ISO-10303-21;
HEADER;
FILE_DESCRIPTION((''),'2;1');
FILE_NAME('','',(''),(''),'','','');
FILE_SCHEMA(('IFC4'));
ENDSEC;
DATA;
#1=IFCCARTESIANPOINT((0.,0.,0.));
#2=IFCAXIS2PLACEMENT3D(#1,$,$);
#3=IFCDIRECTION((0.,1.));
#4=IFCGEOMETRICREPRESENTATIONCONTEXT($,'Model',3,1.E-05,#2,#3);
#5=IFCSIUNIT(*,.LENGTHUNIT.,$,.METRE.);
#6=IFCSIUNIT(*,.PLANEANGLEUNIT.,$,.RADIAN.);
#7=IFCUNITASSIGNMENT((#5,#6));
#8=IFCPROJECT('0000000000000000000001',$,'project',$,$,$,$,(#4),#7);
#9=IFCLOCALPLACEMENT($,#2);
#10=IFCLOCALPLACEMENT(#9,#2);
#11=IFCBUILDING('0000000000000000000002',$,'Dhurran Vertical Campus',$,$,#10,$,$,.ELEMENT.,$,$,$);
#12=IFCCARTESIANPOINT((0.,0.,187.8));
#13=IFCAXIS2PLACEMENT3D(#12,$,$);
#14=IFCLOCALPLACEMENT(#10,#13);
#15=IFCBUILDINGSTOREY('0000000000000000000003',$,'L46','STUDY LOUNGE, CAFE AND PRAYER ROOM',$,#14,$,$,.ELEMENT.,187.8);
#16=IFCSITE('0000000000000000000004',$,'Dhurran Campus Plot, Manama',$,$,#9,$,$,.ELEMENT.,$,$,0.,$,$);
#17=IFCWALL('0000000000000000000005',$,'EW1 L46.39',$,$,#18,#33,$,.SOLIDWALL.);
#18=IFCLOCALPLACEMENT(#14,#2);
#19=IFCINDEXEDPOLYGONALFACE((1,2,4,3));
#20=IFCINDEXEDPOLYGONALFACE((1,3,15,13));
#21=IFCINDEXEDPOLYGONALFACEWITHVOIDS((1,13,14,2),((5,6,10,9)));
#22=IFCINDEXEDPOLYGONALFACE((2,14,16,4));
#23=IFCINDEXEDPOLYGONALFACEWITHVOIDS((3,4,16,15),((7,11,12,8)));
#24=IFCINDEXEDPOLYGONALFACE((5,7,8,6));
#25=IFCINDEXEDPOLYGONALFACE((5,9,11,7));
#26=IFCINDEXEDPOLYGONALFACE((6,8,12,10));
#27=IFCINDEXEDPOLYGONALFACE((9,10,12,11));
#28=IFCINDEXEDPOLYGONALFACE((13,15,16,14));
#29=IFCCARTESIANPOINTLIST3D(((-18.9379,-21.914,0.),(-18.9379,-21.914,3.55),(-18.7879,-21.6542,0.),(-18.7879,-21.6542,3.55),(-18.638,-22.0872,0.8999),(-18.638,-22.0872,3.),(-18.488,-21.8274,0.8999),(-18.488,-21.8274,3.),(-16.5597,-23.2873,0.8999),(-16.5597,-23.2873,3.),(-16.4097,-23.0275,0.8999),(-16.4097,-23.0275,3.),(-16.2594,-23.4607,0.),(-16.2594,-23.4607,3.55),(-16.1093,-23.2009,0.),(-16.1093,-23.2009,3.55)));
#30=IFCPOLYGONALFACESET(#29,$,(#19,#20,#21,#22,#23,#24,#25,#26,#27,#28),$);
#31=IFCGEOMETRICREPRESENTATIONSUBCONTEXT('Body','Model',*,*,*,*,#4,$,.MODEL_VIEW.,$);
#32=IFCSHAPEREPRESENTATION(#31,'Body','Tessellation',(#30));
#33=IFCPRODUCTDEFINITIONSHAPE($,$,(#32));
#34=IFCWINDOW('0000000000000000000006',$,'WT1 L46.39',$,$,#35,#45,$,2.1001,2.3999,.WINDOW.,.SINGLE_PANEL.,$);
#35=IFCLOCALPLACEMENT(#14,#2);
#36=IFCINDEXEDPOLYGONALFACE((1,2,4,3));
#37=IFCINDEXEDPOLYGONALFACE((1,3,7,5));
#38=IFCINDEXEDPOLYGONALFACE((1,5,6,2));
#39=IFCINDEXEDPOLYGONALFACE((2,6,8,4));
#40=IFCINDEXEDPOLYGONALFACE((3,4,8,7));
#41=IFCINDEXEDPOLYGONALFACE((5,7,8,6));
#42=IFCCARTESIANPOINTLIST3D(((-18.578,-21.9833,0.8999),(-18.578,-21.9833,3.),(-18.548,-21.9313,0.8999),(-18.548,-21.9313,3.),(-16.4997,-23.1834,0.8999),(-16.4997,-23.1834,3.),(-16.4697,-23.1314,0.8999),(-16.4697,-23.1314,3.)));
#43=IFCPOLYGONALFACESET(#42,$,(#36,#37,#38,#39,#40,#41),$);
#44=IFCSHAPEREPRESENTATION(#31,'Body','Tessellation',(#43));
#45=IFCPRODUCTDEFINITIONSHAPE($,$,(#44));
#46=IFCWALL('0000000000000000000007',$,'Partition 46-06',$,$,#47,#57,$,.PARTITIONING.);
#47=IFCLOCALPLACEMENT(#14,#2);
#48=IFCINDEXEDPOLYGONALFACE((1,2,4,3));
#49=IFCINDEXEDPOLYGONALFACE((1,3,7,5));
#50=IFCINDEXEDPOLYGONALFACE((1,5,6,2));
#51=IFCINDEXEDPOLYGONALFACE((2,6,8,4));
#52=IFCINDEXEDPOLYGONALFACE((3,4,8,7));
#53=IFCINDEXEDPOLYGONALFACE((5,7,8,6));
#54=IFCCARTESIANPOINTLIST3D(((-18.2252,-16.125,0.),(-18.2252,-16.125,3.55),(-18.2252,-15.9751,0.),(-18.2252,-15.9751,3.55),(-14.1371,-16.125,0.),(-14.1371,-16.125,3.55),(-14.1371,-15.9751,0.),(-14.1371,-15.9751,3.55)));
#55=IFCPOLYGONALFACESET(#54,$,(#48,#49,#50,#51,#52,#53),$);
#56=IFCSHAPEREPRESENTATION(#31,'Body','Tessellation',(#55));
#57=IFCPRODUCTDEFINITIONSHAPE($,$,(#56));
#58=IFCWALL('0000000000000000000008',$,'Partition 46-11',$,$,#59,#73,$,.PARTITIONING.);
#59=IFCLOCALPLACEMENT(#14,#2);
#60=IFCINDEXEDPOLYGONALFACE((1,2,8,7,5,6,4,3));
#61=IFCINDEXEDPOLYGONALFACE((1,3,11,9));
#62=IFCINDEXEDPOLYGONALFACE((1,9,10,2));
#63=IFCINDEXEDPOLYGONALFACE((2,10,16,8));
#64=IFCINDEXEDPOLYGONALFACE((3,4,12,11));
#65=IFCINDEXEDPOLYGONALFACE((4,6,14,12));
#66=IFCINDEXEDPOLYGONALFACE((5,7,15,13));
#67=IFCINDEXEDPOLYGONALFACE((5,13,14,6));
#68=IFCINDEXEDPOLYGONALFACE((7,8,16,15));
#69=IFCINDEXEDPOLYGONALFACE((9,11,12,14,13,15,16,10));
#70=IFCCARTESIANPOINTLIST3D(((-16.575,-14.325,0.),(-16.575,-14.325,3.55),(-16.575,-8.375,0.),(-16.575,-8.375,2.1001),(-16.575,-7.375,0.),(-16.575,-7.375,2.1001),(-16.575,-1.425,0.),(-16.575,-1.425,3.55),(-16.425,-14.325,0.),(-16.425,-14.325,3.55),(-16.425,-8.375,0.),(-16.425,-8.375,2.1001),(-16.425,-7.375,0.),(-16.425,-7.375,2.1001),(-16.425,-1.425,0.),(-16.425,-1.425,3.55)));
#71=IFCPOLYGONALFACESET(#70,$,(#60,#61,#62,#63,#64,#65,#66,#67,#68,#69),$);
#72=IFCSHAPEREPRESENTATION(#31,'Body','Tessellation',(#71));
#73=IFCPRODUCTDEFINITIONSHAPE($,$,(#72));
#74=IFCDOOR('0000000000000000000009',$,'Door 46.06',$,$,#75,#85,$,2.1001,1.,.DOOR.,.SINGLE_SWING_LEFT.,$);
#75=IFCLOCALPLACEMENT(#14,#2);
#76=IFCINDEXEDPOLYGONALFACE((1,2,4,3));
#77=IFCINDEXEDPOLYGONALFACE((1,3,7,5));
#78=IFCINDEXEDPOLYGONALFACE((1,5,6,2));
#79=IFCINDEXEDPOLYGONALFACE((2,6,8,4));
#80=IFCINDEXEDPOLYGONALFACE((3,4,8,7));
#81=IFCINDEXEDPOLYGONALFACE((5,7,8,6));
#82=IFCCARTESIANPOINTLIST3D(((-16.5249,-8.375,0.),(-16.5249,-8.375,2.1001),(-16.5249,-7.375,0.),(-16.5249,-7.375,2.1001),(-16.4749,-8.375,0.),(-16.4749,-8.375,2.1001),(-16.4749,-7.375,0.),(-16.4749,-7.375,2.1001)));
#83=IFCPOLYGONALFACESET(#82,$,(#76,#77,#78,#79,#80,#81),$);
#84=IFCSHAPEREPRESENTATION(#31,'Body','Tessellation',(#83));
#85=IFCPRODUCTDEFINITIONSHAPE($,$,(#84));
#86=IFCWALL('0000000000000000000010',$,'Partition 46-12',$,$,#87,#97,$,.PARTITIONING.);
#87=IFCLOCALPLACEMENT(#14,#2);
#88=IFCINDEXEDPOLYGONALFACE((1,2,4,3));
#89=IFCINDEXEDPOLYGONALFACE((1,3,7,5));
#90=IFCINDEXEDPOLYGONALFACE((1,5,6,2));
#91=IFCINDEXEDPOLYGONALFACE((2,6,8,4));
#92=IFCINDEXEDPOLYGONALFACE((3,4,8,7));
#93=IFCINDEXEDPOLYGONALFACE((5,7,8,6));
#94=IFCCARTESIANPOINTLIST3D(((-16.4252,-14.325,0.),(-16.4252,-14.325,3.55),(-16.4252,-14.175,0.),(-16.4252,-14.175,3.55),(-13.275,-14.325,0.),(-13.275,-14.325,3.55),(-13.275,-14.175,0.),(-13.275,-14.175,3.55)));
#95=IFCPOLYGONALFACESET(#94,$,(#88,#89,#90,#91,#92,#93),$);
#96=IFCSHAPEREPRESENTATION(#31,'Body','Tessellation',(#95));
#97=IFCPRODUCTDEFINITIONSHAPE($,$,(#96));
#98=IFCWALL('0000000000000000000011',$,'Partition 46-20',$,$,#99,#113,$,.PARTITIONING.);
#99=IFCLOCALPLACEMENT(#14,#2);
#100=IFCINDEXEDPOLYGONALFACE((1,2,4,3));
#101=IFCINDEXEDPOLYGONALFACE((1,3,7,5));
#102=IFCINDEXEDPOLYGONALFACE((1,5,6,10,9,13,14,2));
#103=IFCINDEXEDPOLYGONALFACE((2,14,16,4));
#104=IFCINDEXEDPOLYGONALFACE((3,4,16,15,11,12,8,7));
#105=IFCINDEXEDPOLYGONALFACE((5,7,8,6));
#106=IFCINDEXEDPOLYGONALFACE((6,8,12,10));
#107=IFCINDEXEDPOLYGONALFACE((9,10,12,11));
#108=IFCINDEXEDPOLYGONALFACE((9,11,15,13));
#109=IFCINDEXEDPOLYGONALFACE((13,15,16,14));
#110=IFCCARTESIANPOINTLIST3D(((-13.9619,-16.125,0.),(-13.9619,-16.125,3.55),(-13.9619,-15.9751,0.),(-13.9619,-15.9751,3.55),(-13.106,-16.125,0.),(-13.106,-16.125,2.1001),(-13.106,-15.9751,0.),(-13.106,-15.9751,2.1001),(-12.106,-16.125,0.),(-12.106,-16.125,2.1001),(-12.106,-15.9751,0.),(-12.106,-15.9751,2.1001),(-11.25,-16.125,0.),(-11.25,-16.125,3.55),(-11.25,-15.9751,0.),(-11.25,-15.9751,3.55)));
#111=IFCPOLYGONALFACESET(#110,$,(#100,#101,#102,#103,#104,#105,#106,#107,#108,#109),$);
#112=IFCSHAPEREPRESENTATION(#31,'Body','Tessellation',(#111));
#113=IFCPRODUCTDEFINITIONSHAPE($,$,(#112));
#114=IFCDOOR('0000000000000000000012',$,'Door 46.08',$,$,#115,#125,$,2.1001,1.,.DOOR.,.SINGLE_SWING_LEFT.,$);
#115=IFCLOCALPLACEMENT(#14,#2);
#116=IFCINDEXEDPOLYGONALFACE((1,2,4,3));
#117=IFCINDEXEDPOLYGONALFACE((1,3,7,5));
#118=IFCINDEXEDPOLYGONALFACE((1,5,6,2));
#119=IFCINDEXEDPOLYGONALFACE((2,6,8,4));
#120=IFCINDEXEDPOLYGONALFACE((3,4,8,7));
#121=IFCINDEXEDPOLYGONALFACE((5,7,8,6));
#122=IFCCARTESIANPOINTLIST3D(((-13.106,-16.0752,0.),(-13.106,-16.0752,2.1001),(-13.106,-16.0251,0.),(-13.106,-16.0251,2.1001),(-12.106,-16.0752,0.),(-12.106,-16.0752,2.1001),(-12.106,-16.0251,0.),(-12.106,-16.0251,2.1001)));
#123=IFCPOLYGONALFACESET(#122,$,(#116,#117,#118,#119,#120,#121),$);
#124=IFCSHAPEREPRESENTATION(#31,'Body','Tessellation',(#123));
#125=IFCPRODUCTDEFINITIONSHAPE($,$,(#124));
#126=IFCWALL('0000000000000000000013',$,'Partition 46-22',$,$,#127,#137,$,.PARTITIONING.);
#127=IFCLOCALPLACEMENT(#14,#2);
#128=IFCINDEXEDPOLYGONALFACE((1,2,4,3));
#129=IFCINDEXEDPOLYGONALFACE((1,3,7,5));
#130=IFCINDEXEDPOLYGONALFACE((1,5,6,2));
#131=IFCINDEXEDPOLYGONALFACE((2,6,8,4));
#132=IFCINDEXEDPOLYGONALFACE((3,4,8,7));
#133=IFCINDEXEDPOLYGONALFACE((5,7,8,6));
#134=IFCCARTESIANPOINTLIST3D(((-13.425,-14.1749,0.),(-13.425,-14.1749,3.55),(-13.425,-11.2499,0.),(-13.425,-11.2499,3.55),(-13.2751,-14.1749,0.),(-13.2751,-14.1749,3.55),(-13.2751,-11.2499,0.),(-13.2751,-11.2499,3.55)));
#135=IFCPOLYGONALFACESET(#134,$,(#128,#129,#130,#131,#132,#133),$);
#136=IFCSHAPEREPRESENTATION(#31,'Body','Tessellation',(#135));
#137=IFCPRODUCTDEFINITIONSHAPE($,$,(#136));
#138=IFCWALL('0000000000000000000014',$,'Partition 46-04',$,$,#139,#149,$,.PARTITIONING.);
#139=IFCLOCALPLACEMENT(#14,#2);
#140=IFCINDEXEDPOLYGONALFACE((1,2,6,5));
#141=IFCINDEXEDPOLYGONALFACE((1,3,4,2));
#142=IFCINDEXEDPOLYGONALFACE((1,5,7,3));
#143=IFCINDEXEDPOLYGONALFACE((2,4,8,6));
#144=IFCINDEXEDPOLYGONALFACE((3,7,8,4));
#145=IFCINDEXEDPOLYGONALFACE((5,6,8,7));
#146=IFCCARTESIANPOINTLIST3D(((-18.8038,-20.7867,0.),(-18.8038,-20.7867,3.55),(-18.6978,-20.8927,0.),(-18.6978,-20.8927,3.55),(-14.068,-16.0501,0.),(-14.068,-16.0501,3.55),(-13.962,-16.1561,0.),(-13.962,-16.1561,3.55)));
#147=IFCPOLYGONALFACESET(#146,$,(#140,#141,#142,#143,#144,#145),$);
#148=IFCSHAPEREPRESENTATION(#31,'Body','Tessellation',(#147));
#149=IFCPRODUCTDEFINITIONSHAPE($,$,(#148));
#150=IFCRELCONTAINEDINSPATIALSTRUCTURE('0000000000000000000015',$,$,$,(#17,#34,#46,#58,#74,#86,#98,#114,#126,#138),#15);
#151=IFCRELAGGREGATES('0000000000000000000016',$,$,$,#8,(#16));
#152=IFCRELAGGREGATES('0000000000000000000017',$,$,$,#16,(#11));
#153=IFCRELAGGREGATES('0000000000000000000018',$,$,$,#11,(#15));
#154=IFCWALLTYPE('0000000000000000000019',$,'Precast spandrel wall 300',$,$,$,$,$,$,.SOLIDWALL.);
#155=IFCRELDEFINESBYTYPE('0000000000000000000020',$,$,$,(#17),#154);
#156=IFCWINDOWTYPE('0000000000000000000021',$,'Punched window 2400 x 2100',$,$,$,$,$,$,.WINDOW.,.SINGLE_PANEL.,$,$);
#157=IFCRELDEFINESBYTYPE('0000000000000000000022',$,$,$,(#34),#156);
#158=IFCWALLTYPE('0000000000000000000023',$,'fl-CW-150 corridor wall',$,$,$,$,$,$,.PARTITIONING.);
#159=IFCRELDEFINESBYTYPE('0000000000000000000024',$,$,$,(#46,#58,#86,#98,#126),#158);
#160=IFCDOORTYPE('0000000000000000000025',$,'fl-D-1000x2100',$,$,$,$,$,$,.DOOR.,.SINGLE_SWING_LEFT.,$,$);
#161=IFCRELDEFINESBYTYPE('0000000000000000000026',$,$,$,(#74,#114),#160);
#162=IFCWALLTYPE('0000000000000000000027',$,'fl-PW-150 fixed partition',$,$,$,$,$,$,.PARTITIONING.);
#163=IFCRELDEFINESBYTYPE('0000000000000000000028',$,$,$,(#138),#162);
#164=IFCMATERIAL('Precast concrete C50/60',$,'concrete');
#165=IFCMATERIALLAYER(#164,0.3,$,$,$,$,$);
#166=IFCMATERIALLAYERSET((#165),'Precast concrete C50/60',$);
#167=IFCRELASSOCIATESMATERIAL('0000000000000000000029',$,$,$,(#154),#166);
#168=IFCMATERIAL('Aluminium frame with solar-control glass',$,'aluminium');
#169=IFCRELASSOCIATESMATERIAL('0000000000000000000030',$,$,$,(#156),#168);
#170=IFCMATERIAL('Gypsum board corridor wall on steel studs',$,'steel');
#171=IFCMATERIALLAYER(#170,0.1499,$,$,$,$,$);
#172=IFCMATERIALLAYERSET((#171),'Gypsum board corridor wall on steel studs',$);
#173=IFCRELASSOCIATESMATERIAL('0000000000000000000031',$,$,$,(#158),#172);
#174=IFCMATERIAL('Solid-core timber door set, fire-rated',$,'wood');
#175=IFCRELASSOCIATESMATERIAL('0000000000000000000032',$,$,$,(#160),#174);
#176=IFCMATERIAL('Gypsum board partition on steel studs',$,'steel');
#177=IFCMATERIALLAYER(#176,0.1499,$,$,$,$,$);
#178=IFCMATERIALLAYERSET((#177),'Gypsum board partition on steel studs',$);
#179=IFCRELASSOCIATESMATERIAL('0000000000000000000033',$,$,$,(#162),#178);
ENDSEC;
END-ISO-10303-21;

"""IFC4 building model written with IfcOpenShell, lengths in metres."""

from ifc_helpers import new_model, si_unit, direction, frame, frame_2d, origin, place, context, subcontext, project, spatial, rectangle, extrude, material, layer, layer_set, type_object, element, fill, save


model = new_model("IFC4")

# Units and contexts
model_context = context("Model", 3, precision=1e-05, world=origin(), true_north=direction((0.0, 1.0)))
body_context = subcontext(model_context, "Body", "Model", "MODEL_VIEW")
ifc_project = project(units=[si_unit("LENGTHUNIT", "METRE"), si_unit("PLANEANGLEUNIT", "RADIAN")], contexts=[model_context])

# Site, building, storey
site_placement = place(None, origin())
site = spatial("IfcSite", under=ifc_project, at=site_placement, Name="Dhurran Campus Plot, Manama", CompositionType="ELEMENT", RefElevation=0.0)
building_placement = place(site_placement, origin())
building = spatial("IfcBuilding", under=site, at=building_placement, Name="Dhurran Vertical Campus", CompositionType="ELEMENT")
storey_placement = place(building_placement, frame((0.0, 0.0, 187.8)))
storey = spatial("IfcBuildingStorey", under=building, at=storey_placement, Name="L46", Description="STUDY LOUNGE, CAFE AND PRAYER ROOM", CompositionType="ELEMENT", Elevation=187.8)

# Wall, opening, window
ifc_material_1 = material(Name="Precast concrete C50/60", Category="concrete")
ifc_layer_1 = layer(ifc_material_1, 0.3)
ifc_layer_set_1 = layer_set([ifc_layer_1], Name="Precast concrete C50/60")
wall_type_1 = type_object("IfcWallType", Name="Precast spandrel wall 300", PredefinedType="SOLIDWALL", material=ifc_layer_set_1)
ifc_material_2 = material(Name="Aluminium frame with solar-control glass", Category="aluminium")
window_type = type_object("IfcWindowType", Name="Punched window 2400 x 2100", PartitioningType="SINGLE_PANEL", PredefinedType="WINDOW", material=ifc_material_2)
wall_1_placement = place(storey_placement, frame((-18.8628, -21.7842, 0.0), z_axis=(0.0, 0.0, 1.0), x_axis=(0.865995, -0.500053, 0.0)))
wall_1 = element("IfcWall", 1, at=wall_1_placement, inside=storey, type_object=wall_type_1, Name="EW1 L46.39", PredefinedType="SOLIDWALL", context=body_context, shape_type="SweptSolid", body=[
    extrude(rectangle(XDim=3.093, YDim=0.3, at=frame_2d((1.5464, 0.0))), origin(), (0.0, 0.0, 1.0), 3.55),
])
opening_1_placement = place(wall_1_placement, frame((0.3462, 0.0, 0.8999)))
opening_1 = element("IfcOpeningElement", 2, at=opening_1_placement, cuts=wall_1, PredefinedType="OPENING", context=body_context, shape_type="SweptSolid", body=[
    extrude(rectangle(XDim=2.3999, YDim=2.1001, at=frame_2d((1.2, 1.05))), frame((0.0, 0.1599, 0.0), z_axis=(0.0, -1.0, 0.0), x_axis=(1.0, 0.0, 0.0)), (0.0, 0.0, 1.0), 0.3201),
])
window_1_placement = place(opening_1_placement, origin())
window_1 = element("IfcWindow", 3, at=window_1_placement, inside=storey, type_object=window_type, Name="WT1 L46.39", OverallHeight=2.1001, OverallWidth=2.3999, PartitioningType="SINGLE_PANEL", PredefinedType="WINDOW", context=body_context, shape_type="SweptSolid", body=[
    extrude(rectangle(XDim=2.3999, YDim=2.1001, at=frame_2d((1.2, 1.05))), frame((0.0, 0.03, 0.0), z_axis=(0.0, -1.0, 0.0), x_axis=(1.0, 0.0, 0.0)), (0.0, 0.0, 1.0), 0.0601),
])
fill(opening_1, window_1)

# Wall
ifc_material_3 = material(Name="Gypsum board corridor wall on steel studs", Category="steel")
ifc_layer_2 = layer(ifc_material_3, 0.1499)
ifc_layer_set_2 = layer_set([ifc_layer_2], Name="Gypsum board corridor wall on steel studs")
wall_type_2 = type_object("IfcWallType", Name="fl-CW-150 corridor wall", PredefinedType="PARTITIONING", material=ifc_layer_set_2)
wall_2_placement = place(storey_placement, frame((-18.2251, -16.05, 0.0), z_axis=(0.0, 0.0, 1.0), x_axis=(1.0, 0.0, 0.0)))
element("IfcWall", 4, at=wall_2_placement, inside=storey, type_object=wall_type_2, Name="Partition 46-06", PredefinedType="PARTITIONING", context=body_context, shape_type="SweptSolid", body=[
    extrude(rectangle(XDim=4.0881, YDim=0.1499, at=frame_2d((2.0439, 0.0))), origin(), (0.0, 0.0, 1.0), 3.55),
])

# Wall, opening, door
wall_3_placement = place(storey_placement, frame((-16.5, -14.325, 0.0), z_axis=(0.0, 0.0, 1.0), x_axis=(0.0, 1.0, 0.0)))
wall_3 = element("IfcWall", 5, at=wall_3_placement, inside=storey, type_object=wall_type_2, Name="Partition 46-11", PredefinedType="PARTITIONING", context=body_context, shape_type="SweptSolid", body=[
    extrude(rectangle(XDim=12.8999, YDim=0.1499, at=frame_2d((6.45, 0.0))), origin(), (0.0, 0.0, 1.0), 3.55),
])
opening_2_placement = place(wall_3_placement, frame((5.95, 0.0, 0.0)))
opening_2 = element("IfcOpeningElement", 6, at=opening_2_placement, cuts=wall_3, PredefinedType="OPENING", context=body_context, shape_type="SweptSolid", body=[
    extrude(rectangle(XDim=1.0, YDim=2.1001, at=frame_2d((0.5, 1.05))), frame((0.0, 0.085, 0.0), z_axis=(0.0, -1.0, 0.0), x_axis=(1.0, 0.0, 0.0)), (0.0, 0.0, 1.0), 0.1699),
])
ifc_material_4 = material(Name="Solid-core timber door set, fire-rated", Category="wood")
door_type = type_object("IfcDoorType", Name="fl-D-1000x2100", OperationType="SINGLE_SWING_LEFT", PredefinedType="DOOR", material=ifc_material_4)
door_1_placement = place(opening_2_placement, origin())
door_1 = element("IfcDoor", 7, at=door_1_placement, inside=storey, type_object=door_type, Name="Door 46.06", OperationType="SINGLE_SWING_LEFT", OverallHeight=2.1001, OverallWidth=1.0, PredefinedType="DOOR", context=body_context, shape_type="SweptSolid", body=[
    extrude(rectangle(XDim=1.0, YDim=2.1001, at=frame_2d((0.5, 1.05))), frame((0.0, 0.0249, 0.0), z_axis=(0.0, -1.0, 0.0), x_axis=(1.0, 0.0, 0.0)), (0.0, 0.0, 1.0), 0.05),
])
fill(opening_2, door_1)

# Wall
wall_4_placement = place(storey_placement, frame((-13.2749, -14.25, 0.0), z_axis=(0.0, 0.0, 1.0), x_axis=(-1.0, 0.0, 0.0)))
element("IfcWall", 8, at=wall_4_placement, inside=storey, type_object=wall_type_2, Name="Partition 46-12", PredefinedType="PARTITIONING", context=body_context, shape_type="SweptSolid", body=[
    extrude(rectangle(XDim=3.1501, YDim=0.1499, at=frame_2d((1.5752, 0.0))), origin(), (0.0, 0.0, 1.0), 3.55),
])

# Wall, opening, door
wall_5_placement = place(storey_placement, frame((-13.9619, -16.05, 0.0), z_axis=(0.0, 0.0, 1.0), x_axis=(1.0, 0.0, 0.0)))
wall_5 = element("IfcWall", 9, at=wall_5_placement, inside=storey, type_object=wall_type_2, Name="Partition 46-20", PredefinedType="PARTITIONING", context=body_context, shape_type="SweptSolid", body=[
    extrude(rectangle(XDim=2.7119, YDim=0.1499, at=frame_2d((1.356, 0.0))), origin(), (0.0, 0.0, 1.0), 3.55),
])
opening_3_placement = place(wall_5_placement, frame((0.856, 0.0, 0.0)))
opening_3 = element("IfcOpeningElement", 10, at=opening_3_placement, cuts=wall_5, PredefinedType="OPENING", context=body_context, shape_type="SweptSolid", body=[
    extrude(rectangle(XDim=1.0, YDim=2.1001, at=frame_2d((0.5, 1.05))), frame((0.0, 0.085, 0.0), z_axis=(0.0, -1.0, 0.0), x_axis=(1.0, 0.0, 0.0)), (0.0, 0.0, 1.0), 0.1699),
])
door_2_placement = place(opening_3_placement, origin())
door_2 = element("IfcDoor", 11, at=door_2_placement, inside=storey, type_object=door_type, Name="Door 46.08", OperationType="SINGLE_SWING_LEFT", OverallHeight=2.1001, OverallWidth=1.0, PredefinedType="DOOR", context=body_context, shape_type="SweptSolid", body=[
    extrude(rectangle(XDim=1.0, YDim=2.1001, at=frame_2d((0.5, 1.05))), frame((0.0, 0.0249, 0.0), z_axis=(0.0, -1.0, 0.0), x_axis=(1.0, 0.0, 0.0)), (0.0, 0.0, 1.0), 0.05),
])
fill(opening_3, door_2)

# Walls
wall_6_placement = place(storey_placement, frame((-13.3501, -11.25, 0.0), z_axis=(0.0, 0.0, 1.0), x_axis=(0.0, -1.0, 0.0)))
element("IfcWall", 12, at=wall_6_placement, inside=storey, type_object=wall_type_2, Name="Partition 46-22", PredefinedType="PARTITIONING", context=body_context, shape_type="SweptSolid", body=[
    extrude(rectangle(XDim=2.925, YDim=0.1499, at=frame_2d((1.4624, 0.0))), origin(), (0.0, 0.0, 1.0), 3.55),
])
ifc_material_5 = material(Name="Gypsum board partition on steel studs", Category="steel")
ifc_layer_3 = layer(ifc_material_5, 0.1499)
ifc_layer_set_3 = layer_set([ifc_layer_3], Name="Gypsum board partition on steel studs")
wall_type_3 = type_object("IfcWallType", Name="fl-PW-150 fixed partition", PredefinedType="PARTITIONING", material=ifc_layer_set_3)
wall_7_placement = place(storey_placement, frame((-14.0149, -16.103, 0.0), z_axis=(0.0, 0.0, 1.0), x_axis=(-0.707052, -0.707161, 0.0)))
element("IfcWall", 13, at=wall_7_placement, inside=storey, type_object=wall_type_3, Name="Partition 46-04", PredefinedType="PARTITIONING", context=body_context, shape_type="SweptSolid", body=[
    extrude(rectangle(XDim=6.698, YDim=0.1499, at=frame_2d((3.3491, 0.0))), origin(), (0.0, 0.0, 1.0), 3.55),
])

save(model, "model.ifc")
